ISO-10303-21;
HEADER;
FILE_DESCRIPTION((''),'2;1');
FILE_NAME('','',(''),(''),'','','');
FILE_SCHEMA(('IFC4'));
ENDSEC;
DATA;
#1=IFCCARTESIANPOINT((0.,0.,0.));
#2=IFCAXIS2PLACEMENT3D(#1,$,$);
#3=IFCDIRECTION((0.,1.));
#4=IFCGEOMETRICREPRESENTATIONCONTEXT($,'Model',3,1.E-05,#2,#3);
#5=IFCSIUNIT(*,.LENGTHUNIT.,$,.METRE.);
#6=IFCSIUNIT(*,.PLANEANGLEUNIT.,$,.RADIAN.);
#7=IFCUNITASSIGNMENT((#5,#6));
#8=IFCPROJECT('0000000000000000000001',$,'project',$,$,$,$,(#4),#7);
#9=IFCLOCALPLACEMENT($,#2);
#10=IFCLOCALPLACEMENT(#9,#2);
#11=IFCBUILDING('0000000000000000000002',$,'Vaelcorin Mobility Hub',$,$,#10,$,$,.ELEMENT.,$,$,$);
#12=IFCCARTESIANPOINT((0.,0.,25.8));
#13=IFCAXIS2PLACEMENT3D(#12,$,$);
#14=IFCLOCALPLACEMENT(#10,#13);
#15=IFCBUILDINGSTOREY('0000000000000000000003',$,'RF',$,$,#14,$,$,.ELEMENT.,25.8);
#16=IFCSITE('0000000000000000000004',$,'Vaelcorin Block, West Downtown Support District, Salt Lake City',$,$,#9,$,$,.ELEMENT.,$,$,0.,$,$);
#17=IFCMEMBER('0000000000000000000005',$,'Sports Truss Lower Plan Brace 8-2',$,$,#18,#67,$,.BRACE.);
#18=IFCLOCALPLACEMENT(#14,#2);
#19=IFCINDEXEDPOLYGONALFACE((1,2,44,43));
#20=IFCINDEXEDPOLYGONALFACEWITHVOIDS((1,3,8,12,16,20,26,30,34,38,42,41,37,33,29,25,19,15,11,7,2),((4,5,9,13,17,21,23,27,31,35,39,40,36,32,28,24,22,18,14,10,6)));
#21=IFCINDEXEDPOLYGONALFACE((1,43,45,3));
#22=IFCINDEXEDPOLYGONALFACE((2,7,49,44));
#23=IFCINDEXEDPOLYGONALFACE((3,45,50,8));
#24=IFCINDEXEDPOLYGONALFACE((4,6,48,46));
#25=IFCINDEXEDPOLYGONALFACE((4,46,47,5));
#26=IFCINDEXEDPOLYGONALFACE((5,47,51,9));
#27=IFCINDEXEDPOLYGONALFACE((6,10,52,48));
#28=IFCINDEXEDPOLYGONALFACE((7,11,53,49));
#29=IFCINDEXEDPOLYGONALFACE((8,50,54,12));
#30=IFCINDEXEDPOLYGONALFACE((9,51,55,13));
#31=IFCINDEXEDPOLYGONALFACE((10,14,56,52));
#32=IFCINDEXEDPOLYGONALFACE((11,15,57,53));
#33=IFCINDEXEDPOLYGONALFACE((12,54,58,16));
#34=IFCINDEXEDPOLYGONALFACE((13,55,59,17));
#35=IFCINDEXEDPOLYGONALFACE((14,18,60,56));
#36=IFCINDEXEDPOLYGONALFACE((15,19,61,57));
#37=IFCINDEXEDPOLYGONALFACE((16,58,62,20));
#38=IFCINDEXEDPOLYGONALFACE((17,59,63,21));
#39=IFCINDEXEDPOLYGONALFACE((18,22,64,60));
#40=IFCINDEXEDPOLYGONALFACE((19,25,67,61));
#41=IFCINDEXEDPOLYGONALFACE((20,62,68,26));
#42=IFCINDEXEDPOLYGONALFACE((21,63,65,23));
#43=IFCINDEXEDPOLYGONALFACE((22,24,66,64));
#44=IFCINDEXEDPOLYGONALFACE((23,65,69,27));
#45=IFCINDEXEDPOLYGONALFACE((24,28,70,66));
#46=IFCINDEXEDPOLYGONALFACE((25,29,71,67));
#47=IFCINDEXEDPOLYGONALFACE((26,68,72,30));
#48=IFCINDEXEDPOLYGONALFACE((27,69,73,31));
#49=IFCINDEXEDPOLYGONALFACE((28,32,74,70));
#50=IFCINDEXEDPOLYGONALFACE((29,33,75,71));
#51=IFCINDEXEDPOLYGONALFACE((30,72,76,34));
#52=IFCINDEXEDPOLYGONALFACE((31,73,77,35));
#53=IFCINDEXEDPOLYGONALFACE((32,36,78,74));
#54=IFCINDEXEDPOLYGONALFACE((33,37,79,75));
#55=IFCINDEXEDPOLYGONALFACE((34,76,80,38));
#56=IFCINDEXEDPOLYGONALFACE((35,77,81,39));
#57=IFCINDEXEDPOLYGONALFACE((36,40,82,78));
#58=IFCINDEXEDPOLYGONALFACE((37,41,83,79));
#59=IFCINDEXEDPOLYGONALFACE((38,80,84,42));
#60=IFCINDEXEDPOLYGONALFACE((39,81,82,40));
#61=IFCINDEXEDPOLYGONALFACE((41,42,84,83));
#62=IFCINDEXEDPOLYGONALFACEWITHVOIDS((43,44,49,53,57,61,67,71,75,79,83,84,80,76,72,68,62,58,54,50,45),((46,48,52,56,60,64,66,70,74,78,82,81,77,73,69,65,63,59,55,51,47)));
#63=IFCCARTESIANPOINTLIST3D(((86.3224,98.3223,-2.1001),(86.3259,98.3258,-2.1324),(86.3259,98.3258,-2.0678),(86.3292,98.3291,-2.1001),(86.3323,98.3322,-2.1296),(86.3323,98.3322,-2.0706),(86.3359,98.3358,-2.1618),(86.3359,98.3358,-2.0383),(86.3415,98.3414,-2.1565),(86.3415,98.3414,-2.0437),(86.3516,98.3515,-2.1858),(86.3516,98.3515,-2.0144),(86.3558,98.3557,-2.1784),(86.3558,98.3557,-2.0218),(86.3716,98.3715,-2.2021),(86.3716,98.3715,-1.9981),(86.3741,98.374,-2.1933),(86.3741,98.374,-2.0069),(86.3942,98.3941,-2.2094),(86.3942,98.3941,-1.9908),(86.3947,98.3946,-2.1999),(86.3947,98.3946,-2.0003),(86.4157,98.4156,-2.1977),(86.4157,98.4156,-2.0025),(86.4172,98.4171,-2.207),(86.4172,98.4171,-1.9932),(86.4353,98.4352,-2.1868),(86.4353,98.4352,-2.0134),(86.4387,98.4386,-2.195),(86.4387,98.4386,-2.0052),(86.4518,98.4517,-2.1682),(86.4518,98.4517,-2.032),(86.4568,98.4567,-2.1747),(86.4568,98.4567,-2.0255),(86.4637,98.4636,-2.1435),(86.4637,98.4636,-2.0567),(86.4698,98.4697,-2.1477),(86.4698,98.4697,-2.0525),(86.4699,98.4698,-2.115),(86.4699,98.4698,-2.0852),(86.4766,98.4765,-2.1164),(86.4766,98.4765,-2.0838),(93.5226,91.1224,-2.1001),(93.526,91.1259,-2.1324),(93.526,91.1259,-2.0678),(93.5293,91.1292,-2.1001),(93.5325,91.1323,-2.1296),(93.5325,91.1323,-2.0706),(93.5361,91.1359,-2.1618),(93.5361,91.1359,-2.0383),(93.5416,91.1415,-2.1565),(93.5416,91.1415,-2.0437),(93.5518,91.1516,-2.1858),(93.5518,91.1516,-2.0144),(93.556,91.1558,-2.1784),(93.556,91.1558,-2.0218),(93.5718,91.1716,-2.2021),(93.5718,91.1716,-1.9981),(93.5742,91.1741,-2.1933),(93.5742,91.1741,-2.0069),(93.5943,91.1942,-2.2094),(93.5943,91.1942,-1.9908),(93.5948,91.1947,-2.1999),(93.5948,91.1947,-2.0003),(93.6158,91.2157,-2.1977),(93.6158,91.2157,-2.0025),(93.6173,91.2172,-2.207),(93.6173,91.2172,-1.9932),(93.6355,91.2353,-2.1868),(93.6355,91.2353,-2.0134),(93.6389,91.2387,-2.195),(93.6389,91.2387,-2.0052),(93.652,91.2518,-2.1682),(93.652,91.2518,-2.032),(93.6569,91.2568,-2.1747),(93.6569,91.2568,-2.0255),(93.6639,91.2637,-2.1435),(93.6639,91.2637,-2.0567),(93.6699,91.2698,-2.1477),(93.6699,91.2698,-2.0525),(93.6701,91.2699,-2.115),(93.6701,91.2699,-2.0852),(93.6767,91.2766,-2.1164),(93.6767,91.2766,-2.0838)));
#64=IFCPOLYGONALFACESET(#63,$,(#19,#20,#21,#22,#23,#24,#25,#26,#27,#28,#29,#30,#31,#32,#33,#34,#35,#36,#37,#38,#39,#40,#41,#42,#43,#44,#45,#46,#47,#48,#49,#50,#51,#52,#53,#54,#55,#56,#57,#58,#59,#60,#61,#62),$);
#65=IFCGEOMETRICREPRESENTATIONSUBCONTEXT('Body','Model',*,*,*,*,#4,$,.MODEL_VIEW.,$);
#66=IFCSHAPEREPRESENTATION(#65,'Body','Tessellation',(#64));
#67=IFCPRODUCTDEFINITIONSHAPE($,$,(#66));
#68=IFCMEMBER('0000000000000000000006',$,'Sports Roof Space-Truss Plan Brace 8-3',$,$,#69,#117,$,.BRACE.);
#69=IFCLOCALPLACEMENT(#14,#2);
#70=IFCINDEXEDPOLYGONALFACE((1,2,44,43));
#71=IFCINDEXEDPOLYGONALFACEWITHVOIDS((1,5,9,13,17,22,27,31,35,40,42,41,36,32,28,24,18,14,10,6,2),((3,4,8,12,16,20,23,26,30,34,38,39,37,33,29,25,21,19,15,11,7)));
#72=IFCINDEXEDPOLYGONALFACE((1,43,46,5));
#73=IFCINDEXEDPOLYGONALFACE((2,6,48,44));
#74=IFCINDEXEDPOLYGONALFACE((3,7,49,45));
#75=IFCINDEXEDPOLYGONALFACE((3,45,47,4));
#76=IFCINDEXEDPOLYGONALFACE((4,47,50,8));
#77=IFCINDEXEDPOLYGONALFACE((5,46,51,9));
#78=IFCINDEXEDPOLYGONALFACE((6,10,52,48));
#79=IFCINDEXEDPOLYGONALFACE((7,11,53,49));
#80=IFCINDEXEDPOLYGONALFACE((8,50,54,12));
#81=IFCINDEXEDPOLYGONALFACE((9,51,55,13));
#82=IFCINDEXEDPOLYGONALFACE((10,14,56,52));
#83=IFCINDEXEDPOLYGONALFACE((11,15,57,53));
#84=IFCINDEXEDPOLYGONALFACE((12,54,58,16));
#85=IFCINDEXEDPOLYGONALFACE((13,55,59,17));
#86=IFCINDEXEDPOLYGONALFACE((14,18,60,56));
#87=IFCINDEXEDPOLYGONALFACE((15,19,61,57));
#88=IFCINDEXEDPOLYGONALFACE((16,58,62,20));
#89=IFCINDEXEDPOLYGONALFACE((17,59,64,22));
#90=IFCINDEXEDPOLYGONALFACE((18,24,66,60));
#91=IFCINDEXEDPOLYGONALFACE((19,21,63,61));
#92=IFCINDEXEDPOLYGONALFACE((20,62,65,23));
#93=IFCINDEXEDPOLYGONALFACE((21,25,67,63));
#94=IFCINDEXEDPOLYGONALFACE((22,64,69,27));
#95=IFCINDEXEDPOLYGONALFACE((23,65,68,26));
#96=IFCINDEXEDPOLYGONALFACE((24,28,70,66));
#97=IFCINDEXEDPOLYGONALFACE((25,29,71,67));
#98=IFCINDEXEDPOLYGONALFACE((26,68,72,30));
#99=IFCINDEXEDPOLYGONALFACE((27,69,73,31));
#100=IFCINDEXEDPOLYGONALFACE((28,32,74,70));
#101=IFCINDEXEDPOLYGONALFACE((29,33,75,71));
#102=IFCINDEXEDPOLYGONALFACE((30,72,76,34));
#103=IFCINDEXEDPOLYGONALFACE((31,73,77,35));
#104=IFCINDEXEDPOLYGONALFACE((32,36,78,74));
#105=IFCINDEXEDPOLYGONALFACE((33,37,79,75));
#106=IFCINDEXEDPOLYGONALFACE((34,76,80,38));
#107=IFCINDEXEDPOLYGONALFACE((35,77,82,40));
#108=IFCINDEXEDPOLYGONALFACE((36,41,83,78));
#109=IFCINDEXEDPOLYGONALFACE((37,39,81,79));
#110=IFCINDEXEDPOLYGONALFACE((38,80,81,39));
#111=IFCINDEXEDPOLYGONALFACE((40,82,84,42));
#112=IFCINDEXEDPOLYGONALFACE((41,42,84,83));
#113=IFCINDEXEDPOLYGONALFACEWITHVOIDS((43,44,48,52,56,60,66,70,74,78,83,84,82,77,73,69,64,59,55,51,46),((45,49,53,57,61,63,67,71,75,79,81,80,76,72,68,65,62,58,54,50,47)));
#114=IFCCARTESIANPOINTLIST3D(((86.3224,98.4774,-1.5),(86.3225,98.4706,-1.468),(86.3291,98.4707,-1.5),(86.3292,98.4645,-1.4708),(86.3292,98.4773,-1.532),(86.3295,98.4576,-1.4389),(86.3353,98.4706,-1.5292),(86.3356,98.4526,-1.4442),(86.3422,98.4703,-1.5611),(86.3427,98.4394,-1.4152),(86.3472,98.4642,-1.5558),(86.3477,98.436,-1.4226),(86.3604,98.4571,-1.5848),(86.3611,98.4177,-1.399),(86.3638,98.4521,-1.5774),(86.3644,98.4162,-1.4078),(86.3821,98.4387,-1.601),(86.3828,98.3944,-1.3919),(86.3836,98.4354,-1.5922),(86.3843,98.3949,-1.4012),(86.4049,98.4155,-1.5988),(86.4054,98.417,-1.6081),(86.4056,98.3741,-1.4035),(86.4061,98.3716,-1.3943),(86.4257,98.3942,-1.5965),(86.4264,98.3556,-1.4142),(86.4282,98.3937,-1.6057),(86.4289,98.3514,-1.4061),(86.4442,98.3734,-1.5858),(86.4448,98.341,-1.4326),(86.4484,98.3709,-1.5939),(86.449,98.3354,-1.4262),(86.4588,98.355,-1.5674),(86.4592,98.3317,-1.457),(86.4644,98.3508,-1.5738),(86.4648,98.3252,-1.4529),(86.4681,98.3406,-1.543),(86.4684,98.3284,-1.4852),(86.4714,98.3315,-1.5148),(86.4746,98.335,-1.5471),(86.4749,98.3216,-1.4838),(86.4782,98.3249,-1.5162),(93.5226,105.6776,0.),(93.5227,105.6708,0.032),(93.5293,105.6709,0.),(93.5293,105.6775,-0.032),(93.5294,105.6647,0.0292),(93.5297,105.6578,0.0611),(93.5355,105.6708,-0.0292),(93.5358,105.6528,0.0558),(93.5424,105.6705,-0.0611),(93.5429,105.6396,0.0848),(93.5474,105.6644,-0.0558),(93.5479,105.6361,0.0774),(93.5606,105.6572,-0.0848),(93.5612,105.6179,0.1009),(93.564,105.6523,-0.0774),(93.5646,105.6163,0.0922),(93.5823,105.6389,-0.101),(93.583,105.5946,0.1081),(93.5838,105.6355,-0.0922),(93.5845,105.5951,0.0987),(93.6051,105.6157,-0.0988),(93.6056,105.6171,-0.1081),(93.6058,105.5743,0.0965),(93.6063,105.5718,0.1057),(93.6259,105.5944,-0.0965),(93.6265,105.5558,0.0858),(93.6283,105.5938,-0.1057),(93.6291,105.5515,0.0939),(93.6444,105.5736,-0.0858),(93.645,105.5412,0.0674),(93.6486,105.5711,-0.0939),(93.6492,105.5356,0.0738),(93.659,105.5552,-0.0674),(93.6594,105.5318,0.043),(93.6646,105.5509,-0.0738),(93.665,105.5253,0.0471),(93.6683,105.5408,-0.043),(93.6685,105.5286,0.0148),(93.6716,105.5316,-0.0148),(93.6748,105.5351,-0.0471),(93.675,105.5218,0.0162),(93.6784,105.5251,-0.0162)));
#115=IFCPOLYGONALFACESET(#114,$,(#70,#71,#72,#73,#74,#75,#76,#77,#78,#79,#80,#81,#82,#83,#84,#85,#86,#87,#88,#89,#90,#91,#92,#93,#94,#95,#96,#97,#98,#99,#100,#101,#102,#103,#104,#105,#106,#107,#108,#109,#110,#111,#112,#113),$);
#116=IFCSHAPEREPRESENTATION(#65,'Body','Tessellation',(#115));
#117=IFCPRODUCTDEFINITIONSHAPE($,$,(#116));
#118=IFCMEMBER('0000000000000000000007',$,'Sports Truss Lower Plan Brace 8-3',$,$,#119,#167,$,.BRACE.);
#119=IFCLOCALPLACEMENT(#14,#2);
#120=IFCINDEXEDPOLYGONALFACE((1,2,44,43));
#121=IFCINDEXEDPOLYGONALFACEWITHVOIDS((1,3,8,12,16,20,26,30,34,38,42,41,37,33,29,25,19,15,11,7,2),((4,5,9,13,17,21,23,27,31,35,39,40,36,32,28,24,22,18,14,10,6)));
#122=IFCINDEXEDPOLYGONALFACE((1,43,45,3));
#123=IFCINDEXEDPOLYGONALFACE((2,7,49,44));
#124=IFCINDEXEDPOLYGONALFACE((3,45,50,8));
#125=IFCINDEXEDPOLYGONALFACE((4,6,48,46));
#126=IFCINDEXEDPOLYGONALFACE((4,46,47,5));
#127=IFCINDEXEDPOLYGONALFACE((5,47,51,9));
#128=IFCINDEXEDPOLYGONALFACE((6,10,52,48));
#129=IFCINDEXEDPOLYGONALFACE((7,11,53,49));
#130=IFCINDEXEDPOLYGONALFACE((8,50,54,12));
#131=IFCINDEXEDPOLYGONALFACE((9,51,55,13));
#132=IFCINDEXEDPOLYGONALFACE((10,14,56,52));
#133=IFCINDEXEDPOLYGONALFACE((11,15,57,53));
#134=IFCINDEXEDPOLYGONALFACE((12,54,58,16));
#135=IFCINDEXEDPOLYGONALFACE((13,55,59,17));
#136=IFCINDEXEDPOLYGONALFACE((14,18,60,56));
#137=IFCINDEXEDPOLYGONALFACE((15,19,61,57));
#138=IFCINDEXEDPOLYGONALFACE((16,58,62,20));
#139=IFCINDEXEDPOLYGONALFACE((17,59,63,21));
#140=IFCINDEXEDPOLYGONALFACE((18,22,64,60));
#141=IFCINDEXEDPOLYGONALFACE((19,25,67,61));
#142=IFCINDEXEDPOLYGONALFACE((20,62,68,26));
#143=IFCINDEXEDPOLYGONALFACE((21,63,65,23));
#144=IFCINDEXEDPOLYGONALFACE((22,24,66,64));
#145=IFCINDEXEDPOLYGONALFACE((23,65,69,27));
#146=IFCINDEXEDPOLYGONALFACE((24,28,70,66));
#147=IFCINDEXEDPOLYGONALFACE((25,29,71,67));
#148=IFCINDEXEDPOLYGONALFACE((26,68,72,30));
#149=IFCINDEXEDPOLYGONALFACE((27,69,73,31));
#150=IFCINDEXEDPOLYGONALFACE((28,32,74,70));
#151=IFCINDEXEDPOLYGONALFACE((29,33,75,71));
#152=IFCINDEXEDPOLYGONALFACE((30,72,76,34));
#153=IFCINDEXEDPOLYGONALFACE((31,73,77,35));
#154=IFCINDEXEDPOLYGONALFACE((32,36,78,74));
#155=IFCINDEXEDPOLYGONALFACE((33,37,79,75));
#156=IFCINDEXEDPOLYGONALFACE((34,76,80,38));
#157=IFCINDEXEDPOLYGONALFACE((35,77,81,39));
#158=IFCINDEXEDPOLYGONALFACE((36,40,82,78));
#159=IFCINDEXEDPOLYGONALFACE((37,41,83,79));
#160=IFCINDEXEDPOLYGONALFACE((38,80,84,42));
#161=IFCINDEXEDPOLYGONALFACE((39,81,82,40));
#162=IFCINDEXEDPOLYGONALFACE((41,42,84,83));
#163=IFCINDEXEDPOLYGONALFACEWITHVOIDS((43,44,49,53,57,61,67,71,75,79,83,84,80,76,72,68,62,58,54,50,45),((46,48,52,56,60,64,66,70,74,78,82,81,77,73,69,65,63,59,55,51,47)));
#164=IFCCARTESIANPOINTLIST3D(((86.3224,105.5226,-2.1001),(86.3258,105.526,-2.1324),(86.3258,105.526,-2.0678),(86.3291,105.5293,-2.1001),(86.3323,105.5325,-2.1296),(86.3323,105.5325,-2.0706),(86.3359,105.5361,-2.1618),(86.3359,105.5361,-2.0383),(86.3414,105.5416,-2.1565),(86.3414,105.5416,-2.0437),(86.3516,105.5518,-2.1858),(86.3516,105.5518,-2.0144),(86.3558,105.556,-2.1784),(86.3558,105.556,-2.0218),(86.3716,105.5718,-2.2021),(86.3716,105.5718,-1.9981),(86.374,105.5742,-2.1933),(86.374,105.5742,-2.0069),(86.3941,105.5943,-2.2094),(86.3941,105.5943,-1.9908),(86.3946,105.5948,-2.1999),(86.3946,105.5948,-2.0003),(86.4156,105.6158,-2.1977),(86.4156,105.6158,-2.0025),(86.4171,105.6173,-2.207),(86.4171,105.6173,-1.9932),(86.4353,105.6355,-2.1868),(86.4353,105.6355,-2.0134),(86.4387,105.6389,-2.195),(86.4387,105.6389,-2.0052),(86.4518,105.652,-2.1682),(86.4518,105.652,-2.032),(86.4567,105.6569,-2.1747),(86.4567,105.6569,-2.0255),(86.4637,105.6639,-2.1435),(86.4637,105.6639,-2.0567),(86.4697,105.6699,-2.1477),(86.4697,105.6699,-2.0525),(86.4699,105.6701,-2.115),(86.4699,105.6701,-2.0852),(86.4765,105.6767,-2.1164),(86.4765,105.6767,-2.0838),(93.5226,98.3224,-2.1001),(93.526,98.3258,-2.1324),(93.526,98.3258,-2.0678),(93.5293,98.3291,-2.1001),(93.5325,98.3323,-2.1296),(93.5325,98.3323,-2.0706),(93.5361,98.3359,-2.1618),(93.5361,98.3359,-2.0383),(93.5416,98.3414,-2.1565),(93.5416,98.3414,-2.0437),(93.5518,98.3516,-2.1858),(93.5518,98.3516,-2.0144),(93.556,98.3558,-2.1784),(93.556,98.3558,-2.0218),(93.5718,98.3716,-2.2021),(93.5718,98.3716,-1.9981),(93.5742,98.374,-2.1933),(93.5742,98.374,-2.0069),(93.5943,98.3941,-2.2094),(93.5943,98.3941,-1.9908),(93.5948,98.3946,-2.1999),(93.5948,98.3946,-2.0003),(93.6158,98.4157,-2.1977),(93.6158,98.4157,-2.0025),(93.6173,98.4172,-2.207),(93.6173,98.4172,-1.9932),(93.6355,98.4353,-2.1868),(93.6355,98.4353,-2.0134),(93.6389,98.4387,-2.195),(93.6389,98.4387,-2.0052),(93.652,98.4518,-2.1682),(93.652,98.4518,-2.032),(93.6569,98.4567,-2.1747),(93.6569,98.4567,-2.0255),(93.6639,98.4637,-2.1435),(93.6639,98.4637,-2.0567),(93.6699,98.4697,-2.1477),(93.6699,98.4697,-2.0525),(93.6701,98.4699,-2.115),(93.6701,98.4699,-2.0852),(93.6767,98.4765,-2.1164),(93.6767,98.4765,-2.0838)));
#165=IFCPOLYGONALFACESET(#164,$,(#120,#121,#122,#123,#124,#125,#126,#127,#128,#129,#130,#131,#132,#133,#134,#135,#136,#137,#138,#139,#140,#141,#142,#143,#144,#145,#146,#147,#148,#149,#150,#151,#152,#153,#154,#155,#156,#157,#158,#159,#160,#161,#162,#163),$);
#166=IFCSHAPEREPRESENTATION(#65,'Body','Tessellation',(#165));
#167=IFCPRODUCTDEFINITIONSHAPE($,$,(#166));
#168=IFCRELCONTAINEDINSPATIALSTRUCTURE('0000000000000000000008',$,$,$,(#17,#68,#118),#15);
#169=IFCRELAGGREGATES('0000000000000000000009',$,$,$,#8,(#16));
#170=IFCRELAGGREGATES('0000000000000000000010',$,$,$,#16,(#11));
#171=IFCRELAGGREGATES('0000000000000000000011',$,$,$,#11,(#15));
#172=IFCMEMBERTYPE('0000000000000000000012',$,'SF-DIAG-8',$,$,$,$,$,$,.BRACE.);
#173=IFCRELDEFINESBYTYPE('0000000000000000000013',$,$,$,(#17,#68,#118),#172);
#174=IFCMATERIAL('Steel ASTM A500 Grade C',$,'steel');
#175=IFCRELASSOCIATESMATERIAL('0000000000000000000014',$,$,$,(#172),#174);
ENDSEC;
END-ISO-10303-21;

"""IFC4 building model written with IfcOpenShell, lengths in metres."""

from ifc_helpers import new_model, si_unit, direction, frame, origin, origin_2d, place, context, subcontext, project, spatial, hollow_circle, extrude, material, material_profile, profile_set, type_object, element, save


model = new_model("IFC4")

# Units and contexts
model_context = context("Model", 3, precision=1e-05, world=origin(), true_north=direction((0.0, 1.0)))
body_context = subcontext(model_context, "Body", "Model", "MODEL_VIEW")
ifc_project = project(units=[si_unit("LENGTHUNIT", "METRE"), si_unit("PLANEANGLEUNIT", "RADIAN")], contexts=[model_context])

# Site, building, storey
site_placement = place(None, origin())
site = spatial("IfcSite", under=ifc_project, at=site_placement, Name="Vaelcorin Block, West Downtown Support District, Salt Lake City", CompositionType="ELEMENT", RefElevation=0.0)
building_placement = place(site_placement, origin())
building = spatial("IfcBuilding", under=site, at=building_placement, Name="Vaelcorin Mobility Hub", CompositionType="ELEMENT")
storey_placement = place(building_placement, frame((0.0, 0.0, 25.8)))
storey = spatial("IfcBuildingStorey", under=building, at=storey_placement, Name="RF", CompositionType="ELEMENT", Elevation=25.8)

# Members
ifc_material_1 = material(Name="Steel ASTM A500 Grade C", Category="steel")
ifc_material_profile_1 = material_profile(ifc_material_1, hollow_circle(Radius=0.1096, WallThickness=0.0095, at=origin_2d()), Name="HSS8.625X0.375")
ifc_profile_set_1 = profile_set([ifc_material_profile_1], Name="Steel ASTM A500 Grade C")
member_type_1 = type_object("IfcMemberType", Name="SF-DIAG-8", PredefinedType="BRACE", material=ifc_profile_set_1)
member_1_placement = place(storey_placement, frame((93.6001, 91.2, -2.1001), z_axis=(-0.707119, 0.707095, 0.0), x_axis=(-0.707095, -0.707119, 0.0)))
element("IfcMember", 1, at=member_1_placement, inside=storey, type_object=member_type_1, Name="Sports Truss Lower Plan Brace 8-2", PredefinedType="BRACE", context=body_context, shape_type="SweptSolid", body=[
    extrude(hollow_circle(Radius=0.1096, WallThickness=0.0095, at=origin_2d()), origin(), (0.0, 0.0, 1.0), 10.1824),
])
member_2_placement = place(storey_placement, frame((86.3999, 98.3999, -1.5), z_axis=(0.699557, 0.699557, 0.145737), x_axis=(-0.707107, 0.707107, 0.0)))
element("IfcMember", 2, at=member_2_placement, inside=storey, type_object=member_type_1, Name="Sports Roof Space-Truss Plan Brace 8-3", PredefinedType="BRACE", context=body_context, shape_type="SweptSolid", body=[
    extrude(hollow_circle(Radius=0.1096, WallThickness=0.0095, at=origin_2d()), origin(), (0.0, 0.0, 1.0), 10.2925),
])
member_3_placement = place(storey_placement, frame((93.6001, 98.3999, -2.1001), z_axis=(-0.707107, 0.707107, 0.0), x_axis=(-0.707107, -0.707107, 0.0)))
element("IfcMember", 3, at=member_3_placement, inside=storey, type_object=member_type_1, Name="Sports Truss Lower Plan Brace 8-3", PredefinedType="BRACE", context=body_context, shape_type="SweptSolid", body=[
    extrude(hollow_circle(Radius=0.1096, WallThickness=0.0095, at=origin_2d()), origin(), (0.0, 0.0, 1.0), 10.1826),
])

save(model, "model.ifc")
